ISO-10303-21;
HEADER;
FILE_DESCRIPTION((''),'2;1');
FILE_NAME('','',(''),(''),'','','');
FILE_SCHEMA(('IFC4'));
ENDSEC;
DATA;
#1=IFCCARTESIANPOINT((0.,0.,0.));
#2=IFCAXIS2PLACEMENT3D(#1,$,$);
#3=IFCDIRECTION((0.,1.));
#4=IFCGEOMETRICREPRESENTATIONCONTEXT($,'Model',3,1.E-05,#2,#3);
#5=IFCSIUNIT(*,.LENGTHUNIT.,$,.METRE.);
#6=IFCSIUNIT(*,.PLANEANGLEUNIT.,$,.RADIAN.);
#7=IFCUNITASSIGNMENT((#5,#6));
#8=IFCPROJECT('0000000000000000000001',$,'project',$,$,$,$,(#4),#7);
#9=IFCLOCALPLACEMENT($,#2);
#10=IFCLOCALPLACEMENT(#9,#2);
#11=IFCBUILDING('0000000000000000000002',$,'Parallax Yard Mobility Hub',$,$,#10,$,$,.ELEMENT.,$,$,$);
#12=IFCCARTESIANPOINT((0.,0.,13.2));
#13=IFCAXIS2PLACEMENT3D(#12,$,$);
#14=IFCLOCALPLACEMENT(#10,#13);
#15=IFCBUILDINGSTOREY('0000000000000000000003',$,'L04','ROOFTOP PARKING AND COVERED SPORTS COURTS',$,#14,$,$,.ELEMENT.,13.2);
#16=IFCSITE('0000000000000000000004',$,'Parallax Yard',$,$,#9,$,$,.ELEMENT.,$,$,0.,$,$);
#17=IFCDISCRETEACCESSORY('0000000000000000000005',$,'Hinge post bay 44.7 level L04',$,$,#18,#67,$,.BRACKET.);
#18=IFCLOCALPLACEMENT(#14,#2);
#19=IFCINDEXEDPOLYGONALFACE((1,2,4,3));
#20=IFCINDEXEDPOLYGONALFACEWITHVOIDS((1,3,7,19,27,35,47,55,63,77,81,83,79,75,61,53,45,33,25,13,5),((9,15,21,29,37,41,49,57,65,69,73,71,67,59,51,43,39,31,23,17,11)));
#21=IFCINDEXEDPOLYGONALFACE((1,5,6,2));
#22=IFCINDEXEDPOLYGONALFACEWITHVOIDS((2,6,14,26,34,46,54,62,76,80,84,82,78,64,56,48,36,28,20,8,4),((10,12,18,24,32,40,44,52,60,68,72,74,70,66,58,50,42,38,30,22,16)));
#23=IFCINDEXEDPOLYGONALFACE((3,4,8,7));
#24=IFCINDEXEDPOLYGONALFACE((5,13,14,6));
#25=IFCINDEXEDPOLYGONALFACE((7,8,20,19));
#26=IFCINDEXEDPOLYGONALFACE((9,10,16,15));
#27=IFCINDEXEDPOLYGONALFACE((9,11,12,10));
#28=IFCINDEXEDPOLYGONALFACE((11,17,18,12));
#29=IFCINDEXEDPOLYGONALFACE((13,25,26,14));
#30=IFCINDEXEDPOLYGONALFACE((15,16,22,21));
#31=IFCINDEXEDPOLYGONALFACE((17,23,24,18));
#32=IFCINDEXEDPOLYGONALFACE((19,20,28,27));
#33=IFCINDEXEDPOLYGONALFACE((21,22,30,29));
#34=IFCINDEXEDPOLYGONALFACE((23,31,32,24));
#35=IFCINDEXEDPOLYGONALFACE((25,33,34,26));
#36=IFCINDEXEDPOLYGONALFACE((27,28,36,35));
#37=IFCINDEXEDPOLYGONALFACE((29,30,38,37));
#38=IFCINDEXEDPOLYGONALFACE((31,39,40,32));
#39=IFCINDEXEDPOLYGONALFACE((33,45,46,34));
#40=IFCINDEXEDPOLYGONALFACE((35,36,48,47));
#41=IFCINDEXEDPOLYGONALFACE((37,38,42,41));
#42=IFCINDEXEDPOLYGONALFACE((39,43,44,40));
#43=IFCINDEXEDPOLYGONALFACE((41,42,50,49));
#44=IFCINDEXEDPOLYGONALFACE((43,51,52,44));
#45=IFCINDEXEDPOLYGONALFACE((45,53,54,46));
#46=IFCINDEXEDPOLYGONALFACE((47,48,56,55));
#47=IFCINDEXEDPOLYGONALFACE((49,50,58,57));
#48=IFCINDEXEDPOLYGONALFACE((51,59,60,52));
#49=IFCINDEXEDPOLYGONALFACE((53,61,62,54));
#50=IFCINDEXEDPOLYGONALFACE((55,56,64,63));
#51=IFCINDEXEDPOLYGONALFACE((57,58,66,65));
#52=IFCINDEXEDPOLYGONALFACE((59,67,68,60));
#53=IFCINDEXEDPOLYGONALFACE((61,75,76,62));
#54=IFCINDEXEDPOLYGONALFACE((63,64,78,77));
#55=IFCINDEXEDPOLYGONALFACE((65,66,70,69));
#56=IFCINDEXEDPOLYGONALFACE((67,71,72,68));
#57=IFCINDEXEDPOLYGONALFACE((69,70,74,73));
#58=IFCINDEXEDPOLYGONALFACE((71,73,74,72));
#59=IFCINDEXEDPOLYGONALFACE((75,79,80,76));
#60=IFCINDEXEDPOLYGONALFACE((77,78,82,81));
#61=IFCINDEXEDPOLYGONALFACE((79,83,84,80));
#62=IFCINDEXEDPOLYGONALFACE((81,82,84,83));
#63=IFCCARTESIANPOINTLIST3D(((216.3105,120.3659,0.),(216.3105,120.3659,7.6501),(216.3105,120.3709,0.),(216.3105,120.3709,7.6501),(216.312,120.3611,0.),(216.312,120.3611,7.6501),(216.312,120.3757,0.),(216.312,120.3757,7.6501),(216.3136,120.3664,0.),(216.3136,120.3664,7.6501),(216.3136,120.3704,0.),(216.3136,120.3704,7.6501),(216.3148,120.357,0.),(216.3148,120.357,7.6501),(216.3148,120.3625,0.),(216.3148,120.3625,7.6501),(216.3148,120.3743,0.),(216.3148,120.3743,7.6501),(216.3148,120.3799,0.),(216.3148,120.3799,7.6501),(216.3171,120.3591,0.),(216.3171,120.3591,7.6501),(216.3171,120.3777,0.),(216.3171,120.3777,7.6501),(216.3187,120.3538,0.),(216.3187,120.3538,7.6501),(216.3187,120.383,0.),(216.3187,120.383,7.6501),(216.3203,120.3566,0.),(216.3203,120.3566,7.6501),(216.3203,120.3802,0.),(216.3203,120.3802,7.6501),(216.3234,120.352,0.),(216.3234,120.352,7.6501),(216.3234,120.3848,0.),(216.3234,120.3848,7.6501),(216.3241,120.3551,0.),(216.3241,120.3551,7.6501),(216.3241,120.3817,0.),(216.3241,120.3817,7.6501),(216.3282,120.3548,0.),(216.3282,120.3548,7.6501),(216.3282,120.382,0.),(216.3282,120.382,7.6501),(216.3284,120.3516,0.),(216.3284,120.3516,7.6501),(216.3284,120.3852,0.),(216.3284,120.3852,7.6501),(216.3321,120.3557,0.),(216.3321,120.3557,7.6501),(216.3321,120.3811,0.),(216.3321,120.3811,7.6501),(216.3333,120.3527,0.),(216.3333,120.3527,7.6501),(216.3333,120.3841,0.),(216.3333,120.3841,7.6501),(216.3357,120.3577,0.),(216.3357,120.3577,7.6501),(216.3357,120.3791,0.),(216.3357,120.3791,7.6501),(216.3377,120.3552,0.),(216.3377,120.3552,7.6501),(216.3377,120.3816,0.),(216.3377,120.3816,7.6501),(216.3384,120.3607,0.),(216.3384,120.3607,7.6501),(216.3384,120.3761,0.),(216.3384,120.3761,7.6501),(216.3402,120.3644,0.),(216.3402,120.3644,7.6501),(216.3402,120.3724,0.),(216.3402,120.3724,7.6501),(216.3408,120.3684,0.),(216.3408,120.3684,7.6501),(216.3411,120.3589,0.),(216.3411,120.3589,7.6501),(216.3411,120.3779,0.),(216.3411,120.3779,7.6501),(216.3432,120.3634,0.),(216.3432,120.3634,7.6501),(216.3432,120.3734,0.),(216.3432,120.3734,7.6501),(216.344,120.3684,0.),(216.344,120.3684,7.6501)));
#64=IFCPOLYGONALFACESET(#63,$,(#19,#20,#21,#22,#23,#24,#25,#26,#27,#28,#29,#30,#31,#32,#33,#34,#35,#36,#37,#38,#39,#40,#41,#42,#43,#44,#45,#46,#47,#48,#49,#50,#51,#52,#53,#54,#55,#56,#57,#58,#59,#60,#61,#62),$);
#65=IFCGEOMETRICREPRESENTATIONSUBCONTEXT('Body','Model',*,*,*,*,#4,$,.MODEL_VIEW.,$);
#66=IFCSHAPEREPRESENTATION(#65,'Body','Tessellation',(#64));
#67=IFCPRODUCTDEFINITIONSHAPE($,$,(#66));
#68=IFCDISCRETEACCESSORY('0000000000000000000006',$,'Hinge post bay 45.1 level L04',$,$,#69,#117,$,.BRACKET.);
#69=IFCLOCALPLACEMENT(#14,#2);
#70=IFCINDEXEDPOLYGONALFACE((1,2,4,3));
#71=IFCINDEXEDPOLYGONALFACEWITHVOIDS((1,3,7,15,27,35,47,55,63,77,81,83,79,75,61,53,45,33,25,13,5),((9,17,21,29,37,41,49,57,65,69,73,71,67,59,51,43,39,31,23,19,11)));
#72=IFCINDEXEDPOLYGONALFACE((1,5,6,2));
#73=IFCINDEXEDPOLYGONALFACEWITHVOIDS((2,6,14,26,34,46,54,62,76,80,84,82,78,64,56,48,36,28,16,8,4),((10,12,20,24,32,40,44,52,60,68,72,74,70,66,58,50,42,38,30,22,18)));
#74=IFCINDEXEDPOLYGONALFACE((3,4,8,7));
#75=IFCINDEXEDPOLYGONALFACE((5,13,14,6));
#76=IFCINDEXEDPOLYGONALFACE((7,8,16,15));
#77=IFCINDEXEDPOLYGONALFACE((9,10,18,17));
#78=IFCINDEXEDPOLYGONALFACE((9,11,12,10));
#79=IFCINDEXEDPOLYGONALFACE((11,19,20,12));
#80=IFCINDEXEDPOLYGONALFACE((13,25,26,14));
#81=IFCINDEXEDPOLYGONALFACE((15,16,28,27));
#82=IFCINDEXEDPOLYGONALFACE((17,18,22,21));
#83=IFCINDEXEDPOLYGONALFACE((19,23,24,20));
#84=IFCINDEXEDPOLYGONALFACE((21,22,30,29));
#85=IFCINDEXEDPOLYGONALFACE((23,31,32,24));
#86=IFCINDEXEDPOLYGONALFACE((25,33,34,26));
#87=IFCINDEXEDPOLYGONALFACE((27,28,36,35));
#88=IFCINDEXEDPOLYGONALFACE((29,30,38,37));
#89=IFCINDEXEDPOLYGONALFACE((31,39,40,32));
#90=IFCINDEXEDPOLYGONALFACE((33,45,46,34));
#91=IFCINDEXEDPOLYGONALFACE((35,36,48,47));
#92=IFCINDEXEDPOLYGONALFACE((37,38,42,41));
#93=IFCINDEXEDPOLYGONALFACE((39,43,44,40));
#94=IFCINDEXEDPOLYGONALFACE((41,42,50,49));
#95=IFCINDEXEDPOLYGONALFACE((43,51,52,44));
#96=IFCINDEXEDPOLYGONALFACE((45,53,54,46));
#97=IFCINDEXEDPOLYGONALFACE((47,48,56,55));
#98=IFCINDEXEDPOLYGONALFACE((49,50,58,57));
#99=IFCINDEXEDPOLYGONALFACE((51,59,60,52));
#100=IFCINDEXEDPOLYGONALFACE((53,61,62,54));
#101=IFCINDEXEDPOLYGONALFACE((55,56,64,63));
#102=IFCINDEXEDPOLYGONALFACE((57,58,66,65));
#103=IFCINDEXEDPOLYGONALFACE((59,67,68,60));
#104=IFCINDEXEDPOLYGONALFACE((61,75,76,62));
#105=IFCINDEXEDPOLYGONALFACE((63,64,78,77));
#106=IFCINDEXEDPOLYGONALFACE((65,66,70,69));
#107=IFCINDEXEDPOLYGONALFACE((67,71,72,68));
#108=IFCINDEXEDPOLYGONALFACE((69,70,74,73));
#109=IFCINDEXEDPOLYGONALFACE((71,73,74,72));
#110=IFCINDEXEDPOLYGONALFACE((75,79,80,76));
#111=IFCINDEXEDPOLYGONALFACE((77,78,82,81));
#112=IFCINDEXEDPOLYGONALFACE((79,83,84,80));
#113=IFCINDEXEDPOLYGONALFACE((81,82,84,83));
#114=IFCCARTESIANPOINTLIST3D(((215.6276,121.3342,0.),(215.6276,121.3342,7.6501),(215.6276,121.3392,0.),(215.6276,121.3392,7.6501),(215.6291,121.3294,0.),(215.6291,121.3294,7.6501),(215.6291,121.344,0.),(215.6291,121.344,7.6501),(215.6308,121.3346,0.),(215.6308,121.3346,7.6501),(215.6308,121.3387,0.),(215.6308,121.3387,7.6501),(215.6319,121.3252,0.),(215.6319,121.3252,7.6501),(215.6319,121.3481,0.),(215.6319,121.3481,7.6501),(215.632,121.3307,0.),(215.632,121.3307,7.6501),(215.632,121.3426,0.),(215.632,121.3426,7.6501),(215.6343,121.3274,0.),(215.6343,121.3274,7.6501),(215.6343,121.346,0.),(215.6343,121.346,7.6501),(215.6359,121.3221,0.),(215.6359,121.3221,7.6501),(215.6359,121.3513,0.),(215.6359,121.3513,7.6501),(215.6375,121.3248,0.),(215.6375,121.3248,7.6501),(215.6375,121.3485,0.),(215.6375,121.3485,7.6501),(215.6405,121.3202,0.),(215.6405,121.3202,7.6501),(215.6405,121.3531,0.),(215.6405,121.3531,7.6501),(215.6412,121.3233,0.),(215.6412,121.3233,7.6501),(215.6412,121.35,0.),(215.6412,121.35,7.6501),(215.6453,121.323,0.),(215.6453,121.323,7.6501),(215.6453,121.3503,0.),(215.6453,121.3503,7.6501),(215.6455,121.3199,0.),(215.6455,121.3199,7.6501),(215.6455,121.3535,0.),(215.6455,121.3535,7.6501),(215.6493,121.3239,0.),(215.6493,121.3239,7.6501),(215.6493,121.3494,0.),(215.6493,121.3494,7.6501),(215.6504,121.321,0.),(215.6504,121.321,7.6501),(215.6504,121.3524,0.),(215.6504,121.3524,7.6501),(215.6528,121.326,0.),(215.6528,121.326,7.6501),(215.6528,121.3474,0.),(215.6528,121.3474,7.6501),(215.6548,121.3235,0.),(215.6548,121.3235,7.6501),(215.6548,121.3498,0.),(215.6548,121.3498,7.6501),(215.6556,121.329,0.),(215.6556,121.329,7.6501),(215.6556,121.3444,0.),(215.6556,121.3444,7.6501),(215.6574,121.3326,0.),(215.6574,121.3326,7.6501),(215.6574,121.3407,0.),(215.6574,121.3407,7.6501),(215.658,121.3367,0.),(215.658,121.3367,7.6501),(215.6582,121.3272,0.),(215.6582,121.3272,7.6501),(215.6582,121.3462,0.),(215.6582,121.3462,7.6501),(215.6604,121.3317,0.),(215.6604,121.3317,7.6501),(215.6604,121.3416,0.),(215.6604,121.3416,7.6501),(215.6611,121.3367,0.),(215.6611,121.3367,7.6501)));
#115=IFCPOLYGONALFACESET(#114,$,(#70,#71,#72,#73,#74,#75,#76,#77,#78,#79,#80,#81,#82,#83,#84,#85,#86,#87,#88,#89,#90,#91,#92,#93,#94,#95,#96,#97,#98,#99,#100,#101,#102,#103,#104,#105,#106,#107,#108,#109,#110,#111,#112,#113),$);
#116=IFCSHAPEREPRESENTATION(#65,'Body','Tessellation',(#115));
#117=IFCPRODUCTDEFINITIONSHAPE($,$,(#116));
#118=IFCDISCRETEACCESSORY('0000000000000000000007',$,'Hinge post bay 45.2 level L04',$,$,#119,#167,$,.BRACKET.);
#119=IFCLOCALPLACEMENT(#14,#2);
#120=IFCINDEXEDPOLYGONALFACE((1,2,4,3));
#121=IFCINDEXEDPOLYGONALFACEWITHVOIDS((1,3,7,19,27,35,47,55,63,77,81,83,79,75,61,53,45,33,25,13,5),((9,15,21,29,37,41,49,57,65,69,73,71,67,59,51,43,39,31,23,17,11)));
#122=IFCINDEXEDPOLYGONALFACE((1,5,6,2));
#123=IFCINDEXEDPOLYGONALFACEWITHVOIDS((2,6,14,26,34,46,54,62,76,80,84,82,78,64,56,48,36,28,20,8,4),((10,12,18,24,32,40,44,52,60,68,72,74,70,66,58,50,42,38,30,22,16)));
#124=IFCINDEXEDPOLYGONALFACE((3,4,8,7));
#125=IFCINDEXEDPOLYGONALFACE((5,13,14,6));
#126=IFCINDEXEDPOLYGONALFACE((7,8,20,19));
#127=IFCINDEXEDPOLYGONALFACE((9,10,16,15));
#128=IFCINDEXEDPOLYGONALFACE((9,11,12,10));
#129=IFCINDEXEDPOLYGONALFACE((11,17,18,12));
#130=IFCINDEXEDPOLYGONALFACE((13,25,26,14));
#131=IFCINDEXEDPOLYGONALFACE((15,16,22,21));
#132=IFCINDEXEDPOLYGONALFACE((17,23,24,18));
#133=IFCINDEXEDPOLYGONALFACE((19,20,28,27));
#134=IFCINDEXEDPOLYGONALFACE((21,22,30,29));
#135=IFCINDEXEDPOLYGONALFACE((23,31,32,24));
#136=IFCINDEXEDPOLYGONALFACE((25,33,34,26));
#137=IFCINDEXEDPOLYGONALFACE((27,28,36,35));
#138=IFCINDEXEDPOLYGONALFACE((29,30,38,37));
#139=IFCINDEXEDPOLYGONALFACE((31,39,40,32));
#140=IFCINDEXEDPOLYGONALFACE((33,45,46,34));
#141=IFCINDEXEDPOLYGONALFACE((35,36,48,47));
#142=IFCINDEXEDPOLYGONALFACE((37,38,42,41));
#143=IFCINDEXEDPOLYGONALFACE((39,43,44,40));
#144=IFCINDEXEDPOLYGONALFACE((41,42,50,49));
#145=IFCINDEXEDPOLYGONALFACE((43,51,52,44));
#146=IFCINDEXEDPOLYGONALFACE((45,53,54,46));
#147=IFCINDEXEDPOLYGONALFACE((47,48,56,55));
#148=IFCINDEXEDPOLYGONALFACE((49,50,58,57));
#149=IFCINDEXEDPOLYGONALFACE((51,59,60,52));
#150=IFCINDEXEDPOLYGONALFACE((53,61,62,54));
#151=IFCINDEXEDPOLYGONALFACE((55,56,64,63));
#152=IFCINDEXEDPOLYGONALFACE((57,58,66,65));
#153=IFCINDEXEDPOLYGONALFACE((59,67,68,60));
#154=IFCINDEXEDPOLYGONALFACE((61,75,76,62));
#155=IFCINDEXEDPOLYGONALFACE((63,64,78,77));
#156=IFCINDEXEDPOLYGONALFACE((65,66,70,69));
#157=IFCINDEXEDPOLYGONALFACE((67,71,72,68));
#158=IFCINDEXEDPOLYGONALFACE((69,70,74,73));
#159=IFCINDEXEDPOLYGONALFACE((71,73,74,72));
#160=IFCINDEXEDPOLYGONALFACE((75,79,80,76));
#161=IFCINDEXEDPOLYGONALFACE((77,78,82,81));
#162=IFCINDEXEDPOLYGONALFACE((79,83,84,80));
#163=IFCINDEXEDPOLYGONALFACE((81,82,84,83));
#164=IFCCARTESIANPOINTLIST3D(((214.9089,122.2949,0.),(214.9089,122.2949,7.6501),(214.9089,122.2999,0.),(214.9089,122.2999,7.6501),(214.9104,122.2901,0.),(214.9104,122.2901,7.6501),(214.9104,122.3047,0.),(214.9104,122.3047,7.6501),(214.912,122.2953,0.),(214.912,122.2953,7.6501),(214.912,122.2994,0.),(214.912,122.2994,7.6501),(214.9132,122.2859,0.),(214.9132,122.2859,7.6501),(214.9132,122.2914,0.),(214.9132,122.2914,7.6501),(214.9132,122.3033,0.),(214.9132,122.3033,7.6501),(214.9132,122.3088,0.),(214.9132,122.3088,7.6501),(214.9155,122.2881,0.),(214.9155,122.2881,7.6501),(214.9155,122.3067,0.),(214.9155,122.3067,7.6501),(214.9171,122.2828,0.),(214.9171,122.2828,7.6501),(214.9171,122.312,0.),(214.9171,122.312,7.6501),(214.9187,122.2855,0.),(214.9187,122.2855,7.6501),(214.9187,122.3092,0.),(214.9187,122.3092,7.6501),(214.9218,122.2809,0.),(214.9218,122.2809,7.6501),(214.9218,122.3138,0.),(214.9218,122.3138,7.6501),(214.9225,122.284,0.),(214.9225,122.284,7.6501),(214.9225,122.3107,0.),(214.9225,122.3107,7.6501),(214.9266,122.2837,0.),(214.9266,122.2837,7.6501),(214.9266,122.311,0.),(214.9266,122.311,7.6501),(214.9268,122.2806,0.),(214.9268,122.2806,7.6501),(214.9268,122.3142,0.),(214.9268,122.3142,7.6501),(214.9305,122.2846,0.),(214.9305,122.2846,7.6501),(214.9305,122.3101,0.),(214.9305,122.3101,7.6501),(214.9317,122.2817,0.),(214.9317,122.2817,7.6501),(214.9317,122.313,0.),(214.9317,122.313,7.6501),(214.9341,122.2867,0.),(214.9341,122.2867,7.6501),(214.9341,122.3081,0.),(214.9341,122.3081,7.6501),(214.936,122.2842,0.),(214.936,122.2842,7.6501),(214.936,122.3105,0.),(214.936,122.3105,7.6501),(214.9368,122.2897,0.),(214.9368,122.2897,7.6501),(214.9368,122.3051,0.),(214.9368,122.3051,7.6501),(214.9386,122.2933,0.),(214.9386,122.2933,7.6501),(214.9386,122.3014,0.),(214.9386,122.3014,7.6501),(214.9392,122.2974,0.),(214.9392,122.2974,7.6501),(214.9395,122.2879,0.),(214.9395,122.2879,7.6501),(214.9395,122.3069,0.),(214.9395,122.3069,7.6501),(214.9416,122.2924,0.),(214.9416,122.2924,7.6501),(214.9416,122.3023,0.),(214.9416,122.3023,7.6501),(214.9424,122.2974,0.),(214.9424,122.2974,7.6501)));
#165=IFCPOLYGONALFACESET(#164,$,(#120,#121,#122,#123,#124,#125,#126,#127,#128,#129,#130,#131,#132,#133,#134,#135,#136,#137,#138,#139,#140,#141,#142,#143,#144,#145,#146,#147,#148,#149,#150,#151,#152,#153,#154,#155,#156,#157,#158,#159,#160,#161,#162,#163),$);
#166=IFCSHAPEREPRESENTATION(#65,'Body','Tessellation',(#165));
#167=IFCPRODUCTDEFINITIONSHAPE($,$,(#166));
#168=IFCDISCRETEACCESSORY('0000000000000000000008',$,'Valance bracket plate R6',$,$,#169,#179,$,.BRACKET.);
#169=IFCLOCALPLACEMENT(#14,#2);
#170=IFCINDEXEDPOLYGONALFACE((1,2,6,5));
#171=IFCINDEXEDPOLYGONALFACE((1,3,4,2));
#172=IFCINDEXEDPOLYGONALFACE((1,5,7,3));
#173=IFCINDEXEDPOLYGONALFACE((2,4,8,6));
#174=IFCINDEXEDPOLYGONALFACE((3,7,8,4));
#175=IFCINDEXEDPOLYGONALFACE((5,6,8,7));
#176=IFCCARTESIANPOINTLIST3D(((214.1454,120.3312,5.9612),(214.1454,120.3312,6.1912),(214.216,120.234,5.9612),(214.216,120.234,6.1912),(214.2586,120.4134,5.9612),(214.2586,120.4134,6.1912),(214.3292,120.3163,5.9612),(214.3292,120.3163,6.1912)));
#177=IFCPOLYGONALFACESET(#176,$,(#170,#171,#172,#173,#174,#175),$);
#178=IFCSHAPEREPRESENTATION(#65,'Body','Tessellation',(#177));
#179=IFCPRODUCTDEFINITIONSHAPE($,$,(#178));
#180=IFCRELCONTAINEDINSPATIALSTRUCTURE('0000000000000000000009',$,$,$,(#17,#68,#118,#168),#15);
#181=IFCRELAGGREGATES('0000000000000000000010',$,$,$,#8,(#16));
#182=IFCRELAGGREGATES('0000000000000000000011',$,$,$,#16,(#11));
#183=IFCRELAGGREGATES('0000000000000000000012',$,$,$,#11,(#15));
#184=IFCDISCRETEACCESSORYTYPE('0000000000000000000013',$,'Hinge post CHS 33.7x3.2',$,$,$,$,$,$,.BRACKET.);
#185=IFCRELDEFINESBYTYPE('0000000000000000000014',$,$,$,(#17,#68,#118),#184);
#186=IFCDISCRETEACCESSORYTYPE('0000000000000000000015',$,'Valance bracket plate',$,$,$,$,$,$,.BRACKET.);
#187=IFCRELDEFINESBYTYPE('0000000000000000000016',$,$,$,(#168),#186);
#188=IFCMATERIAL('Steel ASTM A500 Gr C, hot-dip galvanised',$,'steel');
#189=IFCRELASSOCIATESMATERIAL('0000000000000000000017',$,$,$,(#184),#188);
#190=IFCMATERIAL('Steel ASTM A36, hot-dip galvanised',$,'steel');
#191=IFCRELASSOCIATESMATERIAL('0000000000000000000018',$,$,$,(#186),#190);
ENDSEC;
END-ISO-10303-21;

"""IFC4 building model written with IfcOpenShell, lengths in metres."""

from ifc_helpers import new_model, si_unit, direction, frame, origin, origin_2d, place, context, subcontext, project, spatial, rectangle, hollow_circle, extrude, material, material_profile, profile_set, type_object, element, save


model = new_model("IFC4")

# Units and contexts
model_context = context("Model", 3, precision=1e-05, world=origin(), true_north=direction((0.0, 1.0)))
body_context = subcontext(model_context, "Body", "Model", "MODEL_VIEW")
ifc_project = project(units=[si_unit("LENGTHUNIT", "METRE"), si_unit("PLANEANGLEUNIT", "RADIAN")], contexts=[model_context])

# Site, building, storey
site_placement = place(None, origin())
site = spatial("IfcSite", under=ifc_project, at=site_placement, Name="Parallax Yard", CompositionType="ELEMENT", RefElevation=0.0)
building_placement = place(site_placement, origin())
building = spatial("IfcBuilding", under=site, at=building_placement, Name="Parallax Yard Mobility Hub", CompositionType="ELEMENT")
storey_placement = place(building_placement, frame((0.0, 0.0, 13.2)))
storey = spatial("IfcBuildingStorey", under=building, at=storey_placement, Name="L04", Description="ROOFTOP PARKING AND COVERED SPORTS COURTS", CompositionType="ELEMENT", Elevation=13.2)

# Discrete accessories
ifc_material_1 = material(Name="Steel ASTM A36, hot-dip galvanised", Category="steel")
ifc_material_2 = material(Name="Steel ASTM A500 Gr C, hot-dip galvanised", Category="steel")
ifc_material_profile_1 = material_profile(ifc_material_2, hollow_circle(Radius=0.0168, WallThickness=0.0032, at=origin_2d()), Name="CHS 33.7x3.2")
ifc_profile_set_1 = profile_set([ifc_material_profile_1], Name="Steel ASTM A500 Gr C, hot-dip galvanised")
discrete_accessory_type_1 = type_object("IfcDiscreteAccessoryType", Name="Hinge post CHS 33.7x3.2", PredefinedType="BRACKET", material=ifc_profile_set_1)
for number, where, z_axis, x_axis, name in (
    (1, (216.3271, 120.3684, 0.0), (0.0, 0.0, 1.0), (1.0, 0.0, 0.0), "Hinge post bay 44.7 level L04"),
    (2, (215.6443, 121.3367, 0.0), (0.0, 0.0, 1.0), (1.0, 0.0, 0.0), "Hinge post bay 45.1 level L04"),
    (3, (214.9255, 122.2974, 0.0), (0.0, 0.0, 1.0), (1.0, 0.0, 0.0), "Hinge post bay 45.2 level L04"),
):
    element("IfcDiscreteAccessory", number, at=place(storey_placement, frame(where, z_axis=z_axis, x_axis=x_axis)), inside=storey, type_object=discrete_accessory_type_1, Name=name, PredefinedType="BRACKET", context=body_context, shape_type="SweptSolid", body=[
        extrude(hollow_circle(Radius=0.0168, WallThickness=0.0032, at=origin_2d()), origin(), (0.0, 0.0, 1.0), 7.6501),
    ])
discrete_accessory_type_2 = type_object("IfcDiscreteAccessoryType", Name="Valance bracket plate", PredefinedType="BRACKET", material=ifc_material_1)
discrete_accessory_1_placement = place(storey_placement, frame((214.2373, 120.3237, 5.9612), z_axis=(0.0, 0.0, 1.0), x_axis=(0.809017, 0.587785, 0.0)))
element("IfcDiscreteAccessory", 4, at=discrete_accessory_1_placement, inside=storey, type_object=discrete_accessory_type_2, Name="Valance bracket plate R6", PredefinedType="BRACKET", context=body_context, shape_type="SweptSolid", body=[
    extrude(rectangle(XDim=0.1399, YDim=0.1201, at=origin_2d()), origin(), (0.0, 0.0, 1.0), 0.23),
])

save(model, "model.ifc")
